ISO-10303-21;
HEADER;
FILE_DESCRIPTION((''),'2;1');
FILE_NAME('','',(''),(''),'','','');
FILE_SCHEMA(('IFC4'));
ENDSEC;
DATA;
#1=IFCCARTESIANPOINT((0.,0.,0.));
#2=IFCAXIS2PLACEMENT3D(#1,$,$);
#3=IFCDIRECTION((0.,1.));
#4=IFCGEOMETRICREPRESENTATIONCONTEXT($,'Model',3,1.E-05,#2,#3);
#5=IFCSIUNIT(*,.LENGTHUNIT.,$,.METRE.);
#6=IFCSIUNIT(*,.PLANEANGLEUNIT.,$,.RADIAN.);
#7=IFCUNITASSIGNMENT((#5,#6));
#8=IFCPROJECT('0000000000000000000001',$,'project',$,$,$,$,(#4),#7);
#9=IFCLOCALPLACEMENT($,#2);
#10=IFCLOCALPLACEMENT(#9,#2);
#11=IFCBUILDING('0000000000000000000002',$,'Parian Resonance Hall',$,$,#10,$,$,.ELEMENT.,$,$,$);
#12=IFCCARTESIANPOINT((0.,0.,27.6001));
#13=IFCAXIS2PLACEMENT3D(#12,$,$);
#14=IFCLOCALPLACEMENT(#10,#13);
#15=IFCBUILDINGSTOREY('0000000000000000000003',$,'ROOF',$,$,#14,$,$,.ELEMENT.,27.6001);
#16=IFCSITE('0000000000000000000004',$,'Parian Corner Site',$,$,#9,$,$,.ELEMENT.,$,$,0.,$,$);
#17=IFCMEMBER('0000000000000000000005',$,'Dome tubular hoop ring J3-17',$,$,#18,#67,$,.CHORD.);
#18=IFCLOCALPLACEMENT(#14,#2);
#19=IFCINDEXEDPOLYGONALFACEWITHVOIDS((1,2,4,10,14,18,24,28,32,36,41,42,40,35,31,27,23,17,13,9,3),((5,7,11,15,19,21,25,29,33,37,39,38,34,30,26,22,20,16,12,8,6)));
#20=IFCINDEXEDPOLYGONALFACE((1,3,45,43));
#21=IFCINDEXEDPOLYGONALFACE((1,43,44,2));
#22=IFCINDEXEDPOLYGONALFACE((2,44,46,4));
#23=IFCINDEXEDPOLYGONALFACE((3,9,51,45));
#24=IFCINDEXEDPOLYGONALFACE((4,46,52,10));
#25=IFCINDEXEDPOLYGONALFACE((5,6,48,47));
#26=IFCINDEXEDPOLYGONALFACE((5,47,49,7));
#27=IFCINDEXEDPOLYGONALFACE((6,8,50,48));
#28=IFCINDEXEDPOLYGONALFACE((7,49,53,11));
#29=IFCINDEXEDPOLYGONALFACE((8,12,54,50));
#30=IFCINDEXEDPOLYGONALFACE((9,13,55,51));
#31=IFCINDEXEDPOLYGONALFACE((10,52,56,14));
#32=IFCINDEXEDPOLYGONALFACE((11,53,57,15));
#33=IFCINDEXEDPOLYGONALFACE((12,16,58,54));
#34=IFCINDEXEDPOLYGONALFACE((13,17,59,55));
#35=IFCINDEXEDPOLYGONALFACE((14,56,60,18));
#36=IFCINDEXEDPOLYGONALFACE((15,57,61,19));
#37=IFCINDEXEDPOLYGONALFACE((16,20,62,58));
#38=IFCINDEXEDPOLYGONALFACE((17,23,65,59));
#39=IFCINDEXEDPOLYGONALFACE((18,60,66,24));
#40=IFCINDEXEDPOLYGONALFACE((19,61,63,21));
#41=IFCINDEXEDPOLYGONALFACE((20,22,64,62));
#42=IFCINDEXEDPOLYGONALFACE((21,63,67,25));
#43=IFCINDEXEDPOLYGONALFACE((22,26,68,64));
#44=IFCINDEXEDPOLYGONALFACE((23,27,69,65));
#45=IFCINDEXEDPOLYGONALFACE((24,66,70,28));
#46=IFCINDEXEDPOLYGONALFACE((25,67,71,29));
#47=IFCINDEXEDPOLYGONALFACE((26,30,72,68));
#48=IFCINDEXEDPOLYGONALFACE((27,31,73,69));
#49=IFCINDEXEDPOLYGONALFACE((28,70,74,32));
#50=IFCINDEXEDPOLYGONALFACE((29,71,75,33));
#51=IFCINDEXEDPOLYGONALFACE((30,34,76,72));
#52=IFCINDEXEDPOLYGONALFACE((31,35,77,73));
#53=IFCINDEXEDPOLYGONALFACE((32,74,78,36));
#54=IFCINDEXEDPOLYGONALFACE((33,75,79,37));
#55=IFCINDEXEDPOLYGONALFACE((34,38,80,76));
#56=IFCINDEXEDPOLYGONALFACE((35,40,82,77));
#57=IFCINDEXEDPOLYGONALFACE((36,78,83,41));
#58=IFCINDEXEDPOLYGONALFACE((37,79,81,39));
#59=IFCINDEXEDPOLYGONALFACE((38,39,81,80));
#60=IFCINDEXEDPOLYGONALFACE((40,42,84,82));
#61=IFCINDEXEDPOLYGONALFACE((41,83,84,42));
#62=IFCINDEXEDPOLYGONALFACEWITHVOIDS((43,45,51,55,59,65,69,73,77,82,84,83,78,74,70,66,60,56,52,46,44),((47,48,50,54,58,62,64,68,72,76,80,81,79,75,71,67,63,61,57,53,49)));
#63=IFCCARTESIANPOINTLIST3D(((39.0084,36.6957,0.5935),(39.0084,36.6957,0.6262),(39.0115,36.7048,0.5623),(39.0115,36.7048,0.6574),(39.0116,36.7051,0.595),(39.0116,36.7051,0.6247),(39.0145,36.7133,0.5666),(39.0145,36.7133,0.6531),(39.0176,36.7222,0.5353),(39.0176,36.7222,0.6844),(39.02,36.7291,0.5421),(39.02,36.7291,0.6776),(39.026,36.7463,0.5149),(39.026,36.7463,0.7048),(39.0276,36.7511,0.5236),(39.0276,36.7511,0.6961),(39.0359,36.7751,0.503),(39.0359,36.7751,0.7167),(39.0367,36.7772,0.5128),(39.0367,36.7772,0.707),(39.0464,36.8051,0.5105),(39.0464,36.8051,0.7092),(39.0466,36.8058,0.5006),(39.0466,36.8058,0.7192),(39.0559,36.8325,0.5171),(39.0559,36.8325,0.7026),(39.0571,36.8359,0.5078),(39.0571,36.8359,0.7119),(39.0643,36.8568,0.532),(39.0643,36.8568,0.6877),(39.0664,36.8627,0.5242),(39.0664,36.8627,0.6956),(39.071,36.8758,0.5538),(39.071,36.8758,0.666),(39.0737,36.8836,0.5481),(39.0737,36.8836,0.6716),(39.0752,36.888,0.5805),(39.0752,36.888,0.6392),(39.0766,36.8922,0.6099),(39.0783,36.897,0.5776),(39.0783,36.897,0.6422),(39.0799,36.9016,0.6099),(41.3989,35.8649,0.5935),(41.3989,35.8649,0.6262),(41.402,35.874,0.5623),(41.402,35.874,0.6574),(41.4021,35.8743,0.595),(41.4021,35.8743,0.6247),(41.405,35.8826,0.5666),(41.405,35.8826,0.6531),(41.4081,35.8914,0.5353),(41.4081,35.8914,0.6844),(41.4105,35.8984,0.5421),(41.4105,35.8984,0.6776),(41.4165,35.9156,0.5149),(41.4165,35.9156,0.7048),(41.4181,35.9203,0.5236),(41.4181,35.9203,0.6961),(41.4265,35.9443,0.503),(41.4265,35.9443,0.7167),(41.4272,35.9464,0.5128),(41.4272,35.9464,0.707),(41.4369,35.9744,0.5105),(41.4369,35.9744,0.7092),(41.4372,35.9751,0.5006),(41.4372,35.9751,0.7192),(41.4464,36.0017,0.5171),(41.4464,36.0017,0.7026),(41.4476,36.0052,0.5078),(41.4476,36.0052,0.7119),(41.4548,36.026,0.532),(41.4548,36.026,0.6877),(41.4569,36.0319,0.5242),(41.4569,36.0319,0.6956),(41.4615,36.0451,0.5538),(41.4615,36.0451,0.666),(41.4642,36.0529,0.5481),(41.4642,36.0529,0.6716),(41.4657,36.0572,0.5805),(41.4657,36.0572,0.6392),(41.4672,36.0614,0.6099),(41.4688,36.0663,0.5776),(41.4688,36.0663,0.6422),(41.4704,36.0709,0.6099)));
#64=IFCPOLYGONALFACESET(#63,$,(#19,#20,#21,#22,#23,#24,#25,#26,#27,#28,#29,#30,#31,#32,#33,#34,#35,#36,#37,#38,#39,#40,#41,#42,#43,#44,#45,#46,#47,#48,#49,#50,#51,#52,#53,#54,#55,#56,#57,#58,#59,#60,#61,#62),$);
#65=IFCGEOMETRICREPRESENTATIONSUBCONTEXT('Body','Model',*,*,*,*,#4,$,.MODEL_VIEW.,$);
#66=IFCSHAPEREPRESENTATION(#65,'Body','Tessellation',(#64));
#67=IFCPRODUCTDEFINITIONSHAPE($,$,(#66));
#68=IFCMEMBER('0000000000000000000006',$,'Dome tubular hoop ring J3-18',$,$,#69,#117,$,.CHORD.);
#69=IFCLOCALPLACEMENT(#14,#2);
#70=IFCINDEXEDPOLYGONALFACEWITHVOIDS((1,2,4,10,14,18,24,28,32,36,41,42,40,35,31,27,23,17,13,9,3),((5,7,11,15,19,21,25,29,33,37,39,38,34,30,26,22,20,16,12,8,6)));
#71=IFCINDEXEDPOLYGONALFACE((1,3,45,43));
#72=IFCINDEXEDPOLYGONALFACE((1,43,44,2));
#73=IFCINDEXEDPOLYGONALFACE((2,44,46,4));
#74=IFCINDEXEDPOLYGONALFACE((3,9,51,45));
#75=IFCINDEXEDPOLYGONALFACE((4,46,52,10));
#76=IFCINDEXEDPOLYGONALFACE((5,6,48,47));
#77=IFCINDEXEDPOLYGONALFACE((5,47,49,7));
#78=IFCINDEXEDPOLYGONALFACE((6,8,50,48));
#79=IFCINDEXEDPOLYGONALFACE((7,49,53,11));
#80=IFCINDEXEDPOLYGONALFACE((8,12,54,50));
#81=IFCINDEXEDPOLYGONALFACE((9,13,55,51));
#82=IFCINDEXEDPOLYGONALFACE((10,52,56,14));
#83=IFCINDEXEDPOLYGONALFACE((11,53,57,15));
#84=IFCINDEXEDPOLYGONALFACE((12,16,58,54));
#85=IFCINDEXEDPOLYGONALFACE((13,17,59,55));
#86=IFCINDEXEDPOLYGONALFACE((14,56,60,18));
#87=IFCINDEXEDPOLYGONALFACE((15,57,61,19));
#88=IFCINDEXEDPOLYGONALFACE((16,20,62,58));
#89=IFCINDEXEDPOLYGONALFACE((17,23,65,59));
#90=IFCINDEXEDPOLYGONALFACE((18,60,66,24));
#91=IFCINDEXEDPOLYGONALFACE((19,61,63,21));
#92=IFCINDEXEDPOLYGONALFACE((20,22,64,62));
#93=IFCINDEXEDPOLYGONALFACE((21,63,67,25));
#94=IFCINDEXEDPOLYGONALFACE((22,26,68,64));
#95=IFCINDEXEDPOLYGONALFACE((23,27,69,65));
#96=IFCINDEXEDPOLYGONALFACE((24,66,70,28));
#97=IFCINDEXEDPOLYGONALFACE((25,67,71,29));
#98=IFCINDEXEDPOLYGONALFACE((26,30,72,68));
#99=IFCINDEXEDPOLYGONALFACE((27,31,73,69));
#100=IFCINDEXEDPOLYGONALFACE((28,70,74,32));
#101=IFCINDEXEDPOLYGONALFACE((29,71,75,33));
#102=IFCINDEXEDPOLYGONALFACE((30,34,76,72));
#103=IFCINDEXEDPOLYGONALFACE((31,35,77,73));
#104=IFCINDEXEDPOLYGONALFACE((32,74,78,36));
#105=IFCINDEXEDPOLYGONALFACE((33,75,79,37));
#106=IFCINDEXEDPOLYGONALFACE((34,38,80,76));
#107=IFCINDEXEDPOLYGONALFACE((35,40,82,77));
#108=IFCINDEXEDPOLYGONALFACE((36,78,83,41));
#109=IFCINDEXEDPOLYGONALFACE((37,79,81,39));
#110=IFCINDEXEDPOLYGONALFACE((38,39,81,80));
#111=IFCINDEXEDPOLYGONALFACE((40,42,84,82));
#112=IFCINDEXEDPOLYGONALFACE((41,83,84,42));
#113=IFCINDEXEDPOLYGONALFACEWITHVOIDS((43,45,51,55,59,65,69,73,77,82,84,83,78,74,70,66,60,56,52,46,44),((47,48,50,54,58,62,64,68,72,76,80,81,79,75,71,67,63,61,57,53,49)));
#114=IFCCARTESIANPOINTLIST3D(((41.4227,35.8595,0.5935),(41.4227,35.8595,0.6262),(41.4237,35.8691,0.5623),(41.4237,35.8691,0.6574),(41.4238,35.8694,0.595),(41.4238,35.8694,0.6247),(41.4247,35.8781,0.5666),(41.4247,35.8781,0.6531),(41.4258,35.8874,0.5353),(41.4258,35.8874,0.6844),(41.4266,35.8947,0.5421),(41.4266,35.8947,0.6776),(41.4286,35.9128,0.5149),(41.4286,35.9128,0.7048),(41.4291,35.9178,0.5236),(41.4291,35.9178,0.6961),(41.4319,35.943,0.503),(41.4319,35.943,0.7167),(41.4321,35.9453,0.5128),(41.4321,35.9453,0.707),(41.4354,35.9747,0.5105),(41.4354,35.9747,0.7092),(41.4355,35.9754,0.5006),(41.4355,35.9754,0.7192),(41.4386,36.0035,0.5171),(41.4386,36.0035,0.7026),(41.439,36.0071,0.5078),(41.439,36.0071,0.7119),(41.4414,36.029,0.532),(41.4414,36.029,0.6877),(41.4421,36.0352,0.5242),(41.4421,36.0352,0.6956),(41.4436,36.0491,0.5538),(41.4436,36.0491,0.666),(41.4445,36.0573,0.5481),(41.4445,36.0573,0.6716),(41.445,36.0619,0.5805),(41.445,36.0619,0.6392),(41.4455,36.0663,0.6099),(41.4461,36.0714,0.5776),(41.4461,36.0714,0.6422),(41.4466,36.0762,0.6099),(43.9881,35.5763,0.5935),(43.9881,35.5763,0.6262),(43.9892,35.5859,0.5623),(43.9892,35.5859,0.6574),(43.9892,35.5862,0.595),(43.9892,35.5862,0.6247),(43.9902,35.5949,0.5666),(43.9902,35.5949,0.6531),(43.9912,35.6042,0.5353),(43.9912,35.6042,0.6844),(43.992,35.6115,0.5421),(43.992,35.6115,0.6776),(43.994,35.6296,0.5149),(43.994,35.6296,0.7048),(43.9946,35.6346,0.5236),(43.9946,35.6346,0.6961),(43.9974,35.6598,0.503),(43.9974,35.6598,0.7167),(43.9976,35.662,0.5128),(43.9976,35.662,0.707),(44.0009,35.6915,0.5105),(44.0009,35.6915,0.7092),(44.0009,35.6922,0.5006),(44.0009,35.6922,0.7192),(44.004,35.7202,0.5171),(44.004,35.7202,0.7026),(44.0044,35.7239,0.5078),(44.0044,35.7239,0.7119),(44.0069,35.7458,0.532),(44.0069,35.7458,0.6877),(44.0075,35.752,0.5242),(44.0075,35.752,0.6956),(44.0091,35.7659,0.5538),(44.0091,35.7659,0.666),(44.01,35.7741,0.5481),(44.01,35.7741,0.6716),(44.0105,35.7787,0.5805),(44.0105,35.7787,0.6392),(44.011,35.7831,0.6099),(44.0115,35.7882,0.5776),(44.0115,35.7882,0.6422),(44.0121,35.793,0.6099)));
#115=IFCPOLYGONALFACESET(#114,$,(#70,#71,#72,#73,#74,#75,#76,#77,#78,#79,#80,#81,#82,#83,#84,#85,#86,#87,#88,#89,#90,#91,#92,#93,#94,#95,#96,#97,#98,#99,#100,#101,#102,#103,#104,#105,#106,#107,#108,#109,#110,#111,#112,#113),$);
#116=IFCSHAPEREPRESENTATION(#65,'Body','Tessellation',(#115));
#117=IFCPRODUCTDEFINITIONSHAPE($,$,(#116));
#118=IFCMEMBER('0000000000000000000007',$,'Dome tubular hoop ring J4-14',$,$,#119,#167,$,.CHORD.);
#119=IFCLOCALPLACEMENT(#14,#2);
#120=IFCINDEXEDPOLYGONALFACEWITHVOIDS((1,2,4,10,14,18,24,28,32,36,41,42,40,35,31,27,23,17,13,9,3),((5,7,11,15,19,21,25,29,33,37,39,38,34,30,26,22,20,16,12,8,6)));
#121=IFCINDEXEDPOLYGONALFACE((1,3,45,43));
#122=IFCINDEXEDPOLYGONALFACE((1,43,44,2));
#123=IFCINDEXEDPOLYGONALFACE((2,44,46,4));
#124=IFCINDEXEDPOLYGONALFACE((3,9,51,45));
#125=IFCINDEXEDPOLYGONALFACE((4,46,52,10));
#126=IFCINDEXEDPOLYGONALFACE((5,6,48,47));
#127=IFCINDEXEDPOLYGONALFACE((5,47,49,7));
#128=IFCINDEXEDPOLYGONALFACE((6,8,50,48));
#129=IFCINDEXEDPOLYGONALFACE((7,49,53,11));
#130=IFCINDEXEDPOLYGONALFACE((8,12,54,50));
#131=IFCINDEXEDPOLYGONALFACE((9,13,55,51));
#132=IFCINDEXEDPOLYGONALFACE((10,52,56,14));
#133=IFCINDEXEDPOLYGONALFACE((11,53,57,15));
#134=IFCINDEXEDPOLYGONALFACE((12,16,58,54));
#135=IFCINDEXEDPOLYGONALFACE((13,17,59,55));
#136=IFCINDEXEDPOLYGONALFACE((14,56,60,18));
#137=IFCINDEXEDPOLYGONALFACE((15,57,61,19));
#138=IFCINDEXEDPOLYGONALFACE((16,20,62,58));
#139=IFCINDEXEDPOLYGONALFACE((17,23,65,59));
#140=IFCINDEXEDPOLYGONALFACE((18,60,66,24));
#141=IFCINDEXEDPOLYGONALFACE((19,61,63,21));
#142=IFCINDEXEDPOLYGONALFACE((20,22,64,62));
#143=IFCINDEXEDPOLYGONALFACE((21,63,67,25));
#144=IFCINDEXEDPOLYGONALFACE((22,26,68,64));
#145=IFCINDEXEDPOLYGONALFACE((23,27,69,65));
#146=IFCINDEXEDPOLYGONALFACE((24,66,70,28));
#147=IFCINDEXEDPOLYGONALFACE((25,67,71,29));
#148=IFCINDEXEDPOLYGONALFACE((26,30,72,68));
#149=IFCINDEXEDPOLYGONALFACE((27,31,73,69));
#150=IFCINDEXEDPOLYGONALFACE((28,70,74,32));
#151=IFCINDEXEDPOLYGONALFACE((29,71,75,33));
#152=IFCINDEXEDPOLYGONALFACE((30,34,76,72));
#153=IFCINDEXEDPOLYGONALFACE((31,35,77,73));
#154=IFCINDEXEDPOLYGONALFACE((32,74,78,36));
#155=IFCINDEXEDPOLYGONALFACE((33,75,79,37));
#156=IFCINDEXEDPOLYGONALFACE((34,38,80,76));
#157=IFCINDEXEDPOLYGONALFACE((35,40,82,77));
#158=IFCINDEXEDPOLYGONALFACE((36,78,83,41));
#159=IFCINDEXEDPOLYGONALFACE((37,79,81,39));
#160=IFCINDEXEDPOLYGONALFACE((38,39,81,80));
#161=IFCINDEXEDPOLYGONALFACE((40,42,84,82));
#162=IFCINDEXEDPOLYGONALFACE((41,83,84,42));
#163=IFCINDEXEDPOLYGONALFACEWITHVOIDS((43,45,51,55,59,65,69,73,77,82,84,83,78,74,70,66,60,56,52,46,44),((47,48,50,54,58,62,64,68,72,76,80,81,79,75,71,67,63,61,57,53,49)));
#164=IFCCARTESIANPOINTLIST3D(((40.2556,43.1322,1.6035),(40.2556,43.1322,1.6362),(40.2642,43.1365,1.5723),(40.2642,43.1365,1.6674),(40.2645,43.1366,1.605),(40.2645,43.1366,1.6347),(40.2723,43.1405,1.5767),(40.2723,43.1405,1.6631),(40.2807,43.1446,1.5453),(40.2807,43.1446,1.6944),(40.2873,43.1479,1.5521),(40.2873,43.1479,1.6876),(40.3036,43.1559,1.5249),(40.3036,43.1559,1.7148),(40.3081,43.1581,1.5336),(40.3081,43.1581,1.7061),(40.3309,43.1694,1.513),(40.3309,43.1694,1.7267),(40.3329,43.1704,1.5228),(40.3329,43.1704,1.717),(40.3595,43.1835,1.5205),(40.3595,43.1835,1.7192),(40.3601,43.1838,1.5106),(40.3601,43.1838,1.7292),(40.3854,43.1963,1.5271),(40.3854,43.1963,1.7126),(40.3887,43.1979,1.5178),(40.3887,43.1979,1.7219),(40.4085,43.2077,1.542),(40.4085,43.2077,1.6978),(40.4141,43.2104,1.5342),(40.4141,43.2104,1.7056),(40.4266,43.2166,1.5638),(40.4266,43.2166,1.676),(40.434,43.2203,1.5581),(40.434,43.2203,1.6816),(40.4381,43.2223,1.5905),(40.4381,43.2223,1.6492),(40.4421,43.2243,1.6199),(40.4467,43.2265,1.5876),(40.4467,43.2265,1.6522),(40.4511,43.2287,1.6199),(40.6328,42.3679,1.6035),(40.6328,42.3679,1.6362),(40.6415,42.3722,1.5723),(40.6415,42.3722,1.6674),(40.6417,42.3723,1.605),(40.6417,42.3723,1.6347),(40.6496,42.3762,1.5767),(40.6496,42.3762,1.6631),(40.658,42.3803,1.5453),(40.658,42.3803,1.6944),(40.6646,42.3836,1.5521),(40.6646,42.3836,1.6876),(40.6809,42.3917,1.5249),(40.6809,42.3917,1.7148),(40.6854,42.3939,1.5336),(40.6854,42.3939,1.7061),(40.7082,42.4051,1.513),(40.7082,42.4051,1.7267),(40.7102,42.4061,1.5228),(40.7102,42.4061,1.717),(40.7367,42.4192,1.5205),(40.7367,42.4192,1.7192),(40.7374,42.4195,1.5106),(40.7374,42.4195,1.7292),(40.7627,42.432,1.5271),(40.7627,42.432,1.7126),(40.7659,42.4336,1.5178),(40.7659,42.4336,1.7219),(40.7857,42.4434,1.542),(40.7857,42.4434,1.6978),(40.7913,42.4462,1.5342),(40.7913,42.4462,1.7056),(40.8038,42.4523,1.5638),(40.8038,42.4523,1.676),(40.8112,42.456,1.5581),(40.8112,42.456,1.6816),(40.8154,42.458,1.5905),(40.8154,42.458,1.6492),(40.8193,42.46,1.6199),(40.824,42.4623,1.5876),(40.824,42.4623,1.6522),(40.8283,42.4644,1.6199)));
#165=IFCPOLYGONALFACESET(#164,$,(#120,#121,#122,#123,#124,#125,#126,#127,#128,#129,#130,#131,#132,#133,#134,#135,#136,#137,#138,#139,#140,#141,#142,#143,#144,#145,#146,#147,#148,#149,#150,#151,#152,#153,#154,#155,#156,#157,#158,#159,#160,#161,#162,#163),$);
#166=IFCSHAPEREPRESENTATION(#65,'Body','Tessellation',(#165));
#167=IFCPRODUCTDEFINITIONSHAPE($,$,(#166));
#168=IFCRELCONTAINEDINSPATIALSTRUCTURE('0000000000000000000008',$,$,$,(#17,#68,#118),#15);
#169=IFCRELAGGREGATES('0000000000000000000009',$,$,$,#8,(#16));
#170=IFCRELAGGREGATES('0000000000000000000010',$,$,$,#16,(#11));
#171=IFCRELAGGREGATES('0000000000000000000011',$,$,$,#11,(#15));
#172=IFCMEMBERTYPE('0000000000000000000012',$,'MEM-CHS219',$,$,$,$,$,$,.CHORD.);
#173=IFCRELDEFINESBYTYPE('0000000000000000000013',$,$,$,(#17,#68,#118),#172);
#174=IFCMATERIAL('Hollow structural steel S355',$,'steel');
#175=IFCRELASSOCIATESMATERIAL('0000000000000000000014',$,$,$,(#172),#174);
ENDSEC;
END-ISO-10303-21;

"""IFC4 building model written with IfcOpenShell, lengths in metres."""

from ifc_helpers import new_model, si_unit, direction, frame, origin, origin_2d, place, context, subcontext, project, spatial, hollow_circle, extrude, material, material_profile, profile_set, type_object, element, save


model = new_model("IFC4")

# Units and contexts
model_context = context("Model", 3, precision=1e-05, world=origin(), true_north=direction((0.0, 1.0)))
body_context = subcontext(model_context, "Body", "Model", "MODEL_VIEW")
ifc_project = project(units=[si_unit("LENGTHUNIT", "METRE"), si_unit("PLANEANGLEUNIT", "RADIAN")], contexts=[model_context])

# Site, building, storey
site_placement = place(None, origin())
site = spatial("IfcSite", under=ifc_project, at=site_placement, Name="Parian Corner Site", CompositionType="ELEMENT", RefElevation=0.0)
building_placement = place(site_placement, origin())
building = spatial("IfcBuilding", under=site, at=building_placement, Name="Parian Resonance Hall", CompositionType="ELEMENT")
storey_placement = place(building_placement, frame((0.0, 0.0, 27.6001)))
storey = spatial("IfcBuildingStorey", under=building, at=storey_placement, Name="ROOF", CompositionType="ELEMENT", Elevation=27.6001)

# Members
ifc_material_1 = material(Name="Hollow structural steel S355", Category="steel")
ifc_material_profile_1 = material_profile(ifc_material_1, hollow_circle(Radius=0.1096, WallThickness=0.01, at=origin_2d()), Name="CHS219.1x10")
ifc_profile_set_1 = profile_set([ifc_material_profile_1], Name="Hollow structural steel S355")
member_type_1 = type_object("IfcMemberType", Name="MEM-CHS219", PredefinedType="CHORD", material=ifc_profile_set_1)
member_1_placement = place(storey_placement, frame((39.0439, 36.7981, 0.6099), z_axis=(0.944584, -0.32827, 0.0), x_axis=(0.32827, 0.944584, 0.0)))
element("IfcMember", 1, at=member_1_placement, inside=storey, type_object=member_type_1, Name="Dome tubular hoop ring J3-17", PredefinedType="CHORD", context=body_context, shape_type="SweptSolid", body=[
    extrude(hollow_circle(Radius=0.1096, WallThickness=0.01, at=origin_2d()), origin(), (0.0, 0.0, 1.0), 2.5308),
])
member_2_placement = place(storey_placement, frame((41.4346, 35.9673, 0.6099), z_axis=(0.993962, -0.109726, 0.0), x_axis=(0.109726, 0.993962, 0.0)))
element("IfcMember", 2, at=member_2_placement, inside=storey, type_object=member_type_1, Name="Dome tubular hoop ring J3-18", PredefinedType="CHORD", context=body_context, shape_type="SweptSolid", body=[
    extrude(hollow_circle(Radius=0.1096, WallThickness=0.01, at=origin_2d()), origin(), (0.0, 0.0, 1.0), 2.5811),
])
member_3_placement = place(storey_placement, frame((40.3528, 43.1802, 1.6199), z_axis=(0.442624, -0.896707, 0.0), x_axis=(0.896707, 0.442624, 0.0)))
element("IfcMember", 3, at=member_3_placement, inside=storey, type_object=member_type_1, Name="Dome tubular hoop ring J4-14", PredefinedType="CHORD", context=body_context, shape_type="SweptSolid", body=[
    extrude(hollow_circle(Radius=0.1096, WallThickness=0.01, at=origin_2d()), origin(), (0.0, 0.0, 1.0), 0.8523),
])

save(model, "model.ifc")
